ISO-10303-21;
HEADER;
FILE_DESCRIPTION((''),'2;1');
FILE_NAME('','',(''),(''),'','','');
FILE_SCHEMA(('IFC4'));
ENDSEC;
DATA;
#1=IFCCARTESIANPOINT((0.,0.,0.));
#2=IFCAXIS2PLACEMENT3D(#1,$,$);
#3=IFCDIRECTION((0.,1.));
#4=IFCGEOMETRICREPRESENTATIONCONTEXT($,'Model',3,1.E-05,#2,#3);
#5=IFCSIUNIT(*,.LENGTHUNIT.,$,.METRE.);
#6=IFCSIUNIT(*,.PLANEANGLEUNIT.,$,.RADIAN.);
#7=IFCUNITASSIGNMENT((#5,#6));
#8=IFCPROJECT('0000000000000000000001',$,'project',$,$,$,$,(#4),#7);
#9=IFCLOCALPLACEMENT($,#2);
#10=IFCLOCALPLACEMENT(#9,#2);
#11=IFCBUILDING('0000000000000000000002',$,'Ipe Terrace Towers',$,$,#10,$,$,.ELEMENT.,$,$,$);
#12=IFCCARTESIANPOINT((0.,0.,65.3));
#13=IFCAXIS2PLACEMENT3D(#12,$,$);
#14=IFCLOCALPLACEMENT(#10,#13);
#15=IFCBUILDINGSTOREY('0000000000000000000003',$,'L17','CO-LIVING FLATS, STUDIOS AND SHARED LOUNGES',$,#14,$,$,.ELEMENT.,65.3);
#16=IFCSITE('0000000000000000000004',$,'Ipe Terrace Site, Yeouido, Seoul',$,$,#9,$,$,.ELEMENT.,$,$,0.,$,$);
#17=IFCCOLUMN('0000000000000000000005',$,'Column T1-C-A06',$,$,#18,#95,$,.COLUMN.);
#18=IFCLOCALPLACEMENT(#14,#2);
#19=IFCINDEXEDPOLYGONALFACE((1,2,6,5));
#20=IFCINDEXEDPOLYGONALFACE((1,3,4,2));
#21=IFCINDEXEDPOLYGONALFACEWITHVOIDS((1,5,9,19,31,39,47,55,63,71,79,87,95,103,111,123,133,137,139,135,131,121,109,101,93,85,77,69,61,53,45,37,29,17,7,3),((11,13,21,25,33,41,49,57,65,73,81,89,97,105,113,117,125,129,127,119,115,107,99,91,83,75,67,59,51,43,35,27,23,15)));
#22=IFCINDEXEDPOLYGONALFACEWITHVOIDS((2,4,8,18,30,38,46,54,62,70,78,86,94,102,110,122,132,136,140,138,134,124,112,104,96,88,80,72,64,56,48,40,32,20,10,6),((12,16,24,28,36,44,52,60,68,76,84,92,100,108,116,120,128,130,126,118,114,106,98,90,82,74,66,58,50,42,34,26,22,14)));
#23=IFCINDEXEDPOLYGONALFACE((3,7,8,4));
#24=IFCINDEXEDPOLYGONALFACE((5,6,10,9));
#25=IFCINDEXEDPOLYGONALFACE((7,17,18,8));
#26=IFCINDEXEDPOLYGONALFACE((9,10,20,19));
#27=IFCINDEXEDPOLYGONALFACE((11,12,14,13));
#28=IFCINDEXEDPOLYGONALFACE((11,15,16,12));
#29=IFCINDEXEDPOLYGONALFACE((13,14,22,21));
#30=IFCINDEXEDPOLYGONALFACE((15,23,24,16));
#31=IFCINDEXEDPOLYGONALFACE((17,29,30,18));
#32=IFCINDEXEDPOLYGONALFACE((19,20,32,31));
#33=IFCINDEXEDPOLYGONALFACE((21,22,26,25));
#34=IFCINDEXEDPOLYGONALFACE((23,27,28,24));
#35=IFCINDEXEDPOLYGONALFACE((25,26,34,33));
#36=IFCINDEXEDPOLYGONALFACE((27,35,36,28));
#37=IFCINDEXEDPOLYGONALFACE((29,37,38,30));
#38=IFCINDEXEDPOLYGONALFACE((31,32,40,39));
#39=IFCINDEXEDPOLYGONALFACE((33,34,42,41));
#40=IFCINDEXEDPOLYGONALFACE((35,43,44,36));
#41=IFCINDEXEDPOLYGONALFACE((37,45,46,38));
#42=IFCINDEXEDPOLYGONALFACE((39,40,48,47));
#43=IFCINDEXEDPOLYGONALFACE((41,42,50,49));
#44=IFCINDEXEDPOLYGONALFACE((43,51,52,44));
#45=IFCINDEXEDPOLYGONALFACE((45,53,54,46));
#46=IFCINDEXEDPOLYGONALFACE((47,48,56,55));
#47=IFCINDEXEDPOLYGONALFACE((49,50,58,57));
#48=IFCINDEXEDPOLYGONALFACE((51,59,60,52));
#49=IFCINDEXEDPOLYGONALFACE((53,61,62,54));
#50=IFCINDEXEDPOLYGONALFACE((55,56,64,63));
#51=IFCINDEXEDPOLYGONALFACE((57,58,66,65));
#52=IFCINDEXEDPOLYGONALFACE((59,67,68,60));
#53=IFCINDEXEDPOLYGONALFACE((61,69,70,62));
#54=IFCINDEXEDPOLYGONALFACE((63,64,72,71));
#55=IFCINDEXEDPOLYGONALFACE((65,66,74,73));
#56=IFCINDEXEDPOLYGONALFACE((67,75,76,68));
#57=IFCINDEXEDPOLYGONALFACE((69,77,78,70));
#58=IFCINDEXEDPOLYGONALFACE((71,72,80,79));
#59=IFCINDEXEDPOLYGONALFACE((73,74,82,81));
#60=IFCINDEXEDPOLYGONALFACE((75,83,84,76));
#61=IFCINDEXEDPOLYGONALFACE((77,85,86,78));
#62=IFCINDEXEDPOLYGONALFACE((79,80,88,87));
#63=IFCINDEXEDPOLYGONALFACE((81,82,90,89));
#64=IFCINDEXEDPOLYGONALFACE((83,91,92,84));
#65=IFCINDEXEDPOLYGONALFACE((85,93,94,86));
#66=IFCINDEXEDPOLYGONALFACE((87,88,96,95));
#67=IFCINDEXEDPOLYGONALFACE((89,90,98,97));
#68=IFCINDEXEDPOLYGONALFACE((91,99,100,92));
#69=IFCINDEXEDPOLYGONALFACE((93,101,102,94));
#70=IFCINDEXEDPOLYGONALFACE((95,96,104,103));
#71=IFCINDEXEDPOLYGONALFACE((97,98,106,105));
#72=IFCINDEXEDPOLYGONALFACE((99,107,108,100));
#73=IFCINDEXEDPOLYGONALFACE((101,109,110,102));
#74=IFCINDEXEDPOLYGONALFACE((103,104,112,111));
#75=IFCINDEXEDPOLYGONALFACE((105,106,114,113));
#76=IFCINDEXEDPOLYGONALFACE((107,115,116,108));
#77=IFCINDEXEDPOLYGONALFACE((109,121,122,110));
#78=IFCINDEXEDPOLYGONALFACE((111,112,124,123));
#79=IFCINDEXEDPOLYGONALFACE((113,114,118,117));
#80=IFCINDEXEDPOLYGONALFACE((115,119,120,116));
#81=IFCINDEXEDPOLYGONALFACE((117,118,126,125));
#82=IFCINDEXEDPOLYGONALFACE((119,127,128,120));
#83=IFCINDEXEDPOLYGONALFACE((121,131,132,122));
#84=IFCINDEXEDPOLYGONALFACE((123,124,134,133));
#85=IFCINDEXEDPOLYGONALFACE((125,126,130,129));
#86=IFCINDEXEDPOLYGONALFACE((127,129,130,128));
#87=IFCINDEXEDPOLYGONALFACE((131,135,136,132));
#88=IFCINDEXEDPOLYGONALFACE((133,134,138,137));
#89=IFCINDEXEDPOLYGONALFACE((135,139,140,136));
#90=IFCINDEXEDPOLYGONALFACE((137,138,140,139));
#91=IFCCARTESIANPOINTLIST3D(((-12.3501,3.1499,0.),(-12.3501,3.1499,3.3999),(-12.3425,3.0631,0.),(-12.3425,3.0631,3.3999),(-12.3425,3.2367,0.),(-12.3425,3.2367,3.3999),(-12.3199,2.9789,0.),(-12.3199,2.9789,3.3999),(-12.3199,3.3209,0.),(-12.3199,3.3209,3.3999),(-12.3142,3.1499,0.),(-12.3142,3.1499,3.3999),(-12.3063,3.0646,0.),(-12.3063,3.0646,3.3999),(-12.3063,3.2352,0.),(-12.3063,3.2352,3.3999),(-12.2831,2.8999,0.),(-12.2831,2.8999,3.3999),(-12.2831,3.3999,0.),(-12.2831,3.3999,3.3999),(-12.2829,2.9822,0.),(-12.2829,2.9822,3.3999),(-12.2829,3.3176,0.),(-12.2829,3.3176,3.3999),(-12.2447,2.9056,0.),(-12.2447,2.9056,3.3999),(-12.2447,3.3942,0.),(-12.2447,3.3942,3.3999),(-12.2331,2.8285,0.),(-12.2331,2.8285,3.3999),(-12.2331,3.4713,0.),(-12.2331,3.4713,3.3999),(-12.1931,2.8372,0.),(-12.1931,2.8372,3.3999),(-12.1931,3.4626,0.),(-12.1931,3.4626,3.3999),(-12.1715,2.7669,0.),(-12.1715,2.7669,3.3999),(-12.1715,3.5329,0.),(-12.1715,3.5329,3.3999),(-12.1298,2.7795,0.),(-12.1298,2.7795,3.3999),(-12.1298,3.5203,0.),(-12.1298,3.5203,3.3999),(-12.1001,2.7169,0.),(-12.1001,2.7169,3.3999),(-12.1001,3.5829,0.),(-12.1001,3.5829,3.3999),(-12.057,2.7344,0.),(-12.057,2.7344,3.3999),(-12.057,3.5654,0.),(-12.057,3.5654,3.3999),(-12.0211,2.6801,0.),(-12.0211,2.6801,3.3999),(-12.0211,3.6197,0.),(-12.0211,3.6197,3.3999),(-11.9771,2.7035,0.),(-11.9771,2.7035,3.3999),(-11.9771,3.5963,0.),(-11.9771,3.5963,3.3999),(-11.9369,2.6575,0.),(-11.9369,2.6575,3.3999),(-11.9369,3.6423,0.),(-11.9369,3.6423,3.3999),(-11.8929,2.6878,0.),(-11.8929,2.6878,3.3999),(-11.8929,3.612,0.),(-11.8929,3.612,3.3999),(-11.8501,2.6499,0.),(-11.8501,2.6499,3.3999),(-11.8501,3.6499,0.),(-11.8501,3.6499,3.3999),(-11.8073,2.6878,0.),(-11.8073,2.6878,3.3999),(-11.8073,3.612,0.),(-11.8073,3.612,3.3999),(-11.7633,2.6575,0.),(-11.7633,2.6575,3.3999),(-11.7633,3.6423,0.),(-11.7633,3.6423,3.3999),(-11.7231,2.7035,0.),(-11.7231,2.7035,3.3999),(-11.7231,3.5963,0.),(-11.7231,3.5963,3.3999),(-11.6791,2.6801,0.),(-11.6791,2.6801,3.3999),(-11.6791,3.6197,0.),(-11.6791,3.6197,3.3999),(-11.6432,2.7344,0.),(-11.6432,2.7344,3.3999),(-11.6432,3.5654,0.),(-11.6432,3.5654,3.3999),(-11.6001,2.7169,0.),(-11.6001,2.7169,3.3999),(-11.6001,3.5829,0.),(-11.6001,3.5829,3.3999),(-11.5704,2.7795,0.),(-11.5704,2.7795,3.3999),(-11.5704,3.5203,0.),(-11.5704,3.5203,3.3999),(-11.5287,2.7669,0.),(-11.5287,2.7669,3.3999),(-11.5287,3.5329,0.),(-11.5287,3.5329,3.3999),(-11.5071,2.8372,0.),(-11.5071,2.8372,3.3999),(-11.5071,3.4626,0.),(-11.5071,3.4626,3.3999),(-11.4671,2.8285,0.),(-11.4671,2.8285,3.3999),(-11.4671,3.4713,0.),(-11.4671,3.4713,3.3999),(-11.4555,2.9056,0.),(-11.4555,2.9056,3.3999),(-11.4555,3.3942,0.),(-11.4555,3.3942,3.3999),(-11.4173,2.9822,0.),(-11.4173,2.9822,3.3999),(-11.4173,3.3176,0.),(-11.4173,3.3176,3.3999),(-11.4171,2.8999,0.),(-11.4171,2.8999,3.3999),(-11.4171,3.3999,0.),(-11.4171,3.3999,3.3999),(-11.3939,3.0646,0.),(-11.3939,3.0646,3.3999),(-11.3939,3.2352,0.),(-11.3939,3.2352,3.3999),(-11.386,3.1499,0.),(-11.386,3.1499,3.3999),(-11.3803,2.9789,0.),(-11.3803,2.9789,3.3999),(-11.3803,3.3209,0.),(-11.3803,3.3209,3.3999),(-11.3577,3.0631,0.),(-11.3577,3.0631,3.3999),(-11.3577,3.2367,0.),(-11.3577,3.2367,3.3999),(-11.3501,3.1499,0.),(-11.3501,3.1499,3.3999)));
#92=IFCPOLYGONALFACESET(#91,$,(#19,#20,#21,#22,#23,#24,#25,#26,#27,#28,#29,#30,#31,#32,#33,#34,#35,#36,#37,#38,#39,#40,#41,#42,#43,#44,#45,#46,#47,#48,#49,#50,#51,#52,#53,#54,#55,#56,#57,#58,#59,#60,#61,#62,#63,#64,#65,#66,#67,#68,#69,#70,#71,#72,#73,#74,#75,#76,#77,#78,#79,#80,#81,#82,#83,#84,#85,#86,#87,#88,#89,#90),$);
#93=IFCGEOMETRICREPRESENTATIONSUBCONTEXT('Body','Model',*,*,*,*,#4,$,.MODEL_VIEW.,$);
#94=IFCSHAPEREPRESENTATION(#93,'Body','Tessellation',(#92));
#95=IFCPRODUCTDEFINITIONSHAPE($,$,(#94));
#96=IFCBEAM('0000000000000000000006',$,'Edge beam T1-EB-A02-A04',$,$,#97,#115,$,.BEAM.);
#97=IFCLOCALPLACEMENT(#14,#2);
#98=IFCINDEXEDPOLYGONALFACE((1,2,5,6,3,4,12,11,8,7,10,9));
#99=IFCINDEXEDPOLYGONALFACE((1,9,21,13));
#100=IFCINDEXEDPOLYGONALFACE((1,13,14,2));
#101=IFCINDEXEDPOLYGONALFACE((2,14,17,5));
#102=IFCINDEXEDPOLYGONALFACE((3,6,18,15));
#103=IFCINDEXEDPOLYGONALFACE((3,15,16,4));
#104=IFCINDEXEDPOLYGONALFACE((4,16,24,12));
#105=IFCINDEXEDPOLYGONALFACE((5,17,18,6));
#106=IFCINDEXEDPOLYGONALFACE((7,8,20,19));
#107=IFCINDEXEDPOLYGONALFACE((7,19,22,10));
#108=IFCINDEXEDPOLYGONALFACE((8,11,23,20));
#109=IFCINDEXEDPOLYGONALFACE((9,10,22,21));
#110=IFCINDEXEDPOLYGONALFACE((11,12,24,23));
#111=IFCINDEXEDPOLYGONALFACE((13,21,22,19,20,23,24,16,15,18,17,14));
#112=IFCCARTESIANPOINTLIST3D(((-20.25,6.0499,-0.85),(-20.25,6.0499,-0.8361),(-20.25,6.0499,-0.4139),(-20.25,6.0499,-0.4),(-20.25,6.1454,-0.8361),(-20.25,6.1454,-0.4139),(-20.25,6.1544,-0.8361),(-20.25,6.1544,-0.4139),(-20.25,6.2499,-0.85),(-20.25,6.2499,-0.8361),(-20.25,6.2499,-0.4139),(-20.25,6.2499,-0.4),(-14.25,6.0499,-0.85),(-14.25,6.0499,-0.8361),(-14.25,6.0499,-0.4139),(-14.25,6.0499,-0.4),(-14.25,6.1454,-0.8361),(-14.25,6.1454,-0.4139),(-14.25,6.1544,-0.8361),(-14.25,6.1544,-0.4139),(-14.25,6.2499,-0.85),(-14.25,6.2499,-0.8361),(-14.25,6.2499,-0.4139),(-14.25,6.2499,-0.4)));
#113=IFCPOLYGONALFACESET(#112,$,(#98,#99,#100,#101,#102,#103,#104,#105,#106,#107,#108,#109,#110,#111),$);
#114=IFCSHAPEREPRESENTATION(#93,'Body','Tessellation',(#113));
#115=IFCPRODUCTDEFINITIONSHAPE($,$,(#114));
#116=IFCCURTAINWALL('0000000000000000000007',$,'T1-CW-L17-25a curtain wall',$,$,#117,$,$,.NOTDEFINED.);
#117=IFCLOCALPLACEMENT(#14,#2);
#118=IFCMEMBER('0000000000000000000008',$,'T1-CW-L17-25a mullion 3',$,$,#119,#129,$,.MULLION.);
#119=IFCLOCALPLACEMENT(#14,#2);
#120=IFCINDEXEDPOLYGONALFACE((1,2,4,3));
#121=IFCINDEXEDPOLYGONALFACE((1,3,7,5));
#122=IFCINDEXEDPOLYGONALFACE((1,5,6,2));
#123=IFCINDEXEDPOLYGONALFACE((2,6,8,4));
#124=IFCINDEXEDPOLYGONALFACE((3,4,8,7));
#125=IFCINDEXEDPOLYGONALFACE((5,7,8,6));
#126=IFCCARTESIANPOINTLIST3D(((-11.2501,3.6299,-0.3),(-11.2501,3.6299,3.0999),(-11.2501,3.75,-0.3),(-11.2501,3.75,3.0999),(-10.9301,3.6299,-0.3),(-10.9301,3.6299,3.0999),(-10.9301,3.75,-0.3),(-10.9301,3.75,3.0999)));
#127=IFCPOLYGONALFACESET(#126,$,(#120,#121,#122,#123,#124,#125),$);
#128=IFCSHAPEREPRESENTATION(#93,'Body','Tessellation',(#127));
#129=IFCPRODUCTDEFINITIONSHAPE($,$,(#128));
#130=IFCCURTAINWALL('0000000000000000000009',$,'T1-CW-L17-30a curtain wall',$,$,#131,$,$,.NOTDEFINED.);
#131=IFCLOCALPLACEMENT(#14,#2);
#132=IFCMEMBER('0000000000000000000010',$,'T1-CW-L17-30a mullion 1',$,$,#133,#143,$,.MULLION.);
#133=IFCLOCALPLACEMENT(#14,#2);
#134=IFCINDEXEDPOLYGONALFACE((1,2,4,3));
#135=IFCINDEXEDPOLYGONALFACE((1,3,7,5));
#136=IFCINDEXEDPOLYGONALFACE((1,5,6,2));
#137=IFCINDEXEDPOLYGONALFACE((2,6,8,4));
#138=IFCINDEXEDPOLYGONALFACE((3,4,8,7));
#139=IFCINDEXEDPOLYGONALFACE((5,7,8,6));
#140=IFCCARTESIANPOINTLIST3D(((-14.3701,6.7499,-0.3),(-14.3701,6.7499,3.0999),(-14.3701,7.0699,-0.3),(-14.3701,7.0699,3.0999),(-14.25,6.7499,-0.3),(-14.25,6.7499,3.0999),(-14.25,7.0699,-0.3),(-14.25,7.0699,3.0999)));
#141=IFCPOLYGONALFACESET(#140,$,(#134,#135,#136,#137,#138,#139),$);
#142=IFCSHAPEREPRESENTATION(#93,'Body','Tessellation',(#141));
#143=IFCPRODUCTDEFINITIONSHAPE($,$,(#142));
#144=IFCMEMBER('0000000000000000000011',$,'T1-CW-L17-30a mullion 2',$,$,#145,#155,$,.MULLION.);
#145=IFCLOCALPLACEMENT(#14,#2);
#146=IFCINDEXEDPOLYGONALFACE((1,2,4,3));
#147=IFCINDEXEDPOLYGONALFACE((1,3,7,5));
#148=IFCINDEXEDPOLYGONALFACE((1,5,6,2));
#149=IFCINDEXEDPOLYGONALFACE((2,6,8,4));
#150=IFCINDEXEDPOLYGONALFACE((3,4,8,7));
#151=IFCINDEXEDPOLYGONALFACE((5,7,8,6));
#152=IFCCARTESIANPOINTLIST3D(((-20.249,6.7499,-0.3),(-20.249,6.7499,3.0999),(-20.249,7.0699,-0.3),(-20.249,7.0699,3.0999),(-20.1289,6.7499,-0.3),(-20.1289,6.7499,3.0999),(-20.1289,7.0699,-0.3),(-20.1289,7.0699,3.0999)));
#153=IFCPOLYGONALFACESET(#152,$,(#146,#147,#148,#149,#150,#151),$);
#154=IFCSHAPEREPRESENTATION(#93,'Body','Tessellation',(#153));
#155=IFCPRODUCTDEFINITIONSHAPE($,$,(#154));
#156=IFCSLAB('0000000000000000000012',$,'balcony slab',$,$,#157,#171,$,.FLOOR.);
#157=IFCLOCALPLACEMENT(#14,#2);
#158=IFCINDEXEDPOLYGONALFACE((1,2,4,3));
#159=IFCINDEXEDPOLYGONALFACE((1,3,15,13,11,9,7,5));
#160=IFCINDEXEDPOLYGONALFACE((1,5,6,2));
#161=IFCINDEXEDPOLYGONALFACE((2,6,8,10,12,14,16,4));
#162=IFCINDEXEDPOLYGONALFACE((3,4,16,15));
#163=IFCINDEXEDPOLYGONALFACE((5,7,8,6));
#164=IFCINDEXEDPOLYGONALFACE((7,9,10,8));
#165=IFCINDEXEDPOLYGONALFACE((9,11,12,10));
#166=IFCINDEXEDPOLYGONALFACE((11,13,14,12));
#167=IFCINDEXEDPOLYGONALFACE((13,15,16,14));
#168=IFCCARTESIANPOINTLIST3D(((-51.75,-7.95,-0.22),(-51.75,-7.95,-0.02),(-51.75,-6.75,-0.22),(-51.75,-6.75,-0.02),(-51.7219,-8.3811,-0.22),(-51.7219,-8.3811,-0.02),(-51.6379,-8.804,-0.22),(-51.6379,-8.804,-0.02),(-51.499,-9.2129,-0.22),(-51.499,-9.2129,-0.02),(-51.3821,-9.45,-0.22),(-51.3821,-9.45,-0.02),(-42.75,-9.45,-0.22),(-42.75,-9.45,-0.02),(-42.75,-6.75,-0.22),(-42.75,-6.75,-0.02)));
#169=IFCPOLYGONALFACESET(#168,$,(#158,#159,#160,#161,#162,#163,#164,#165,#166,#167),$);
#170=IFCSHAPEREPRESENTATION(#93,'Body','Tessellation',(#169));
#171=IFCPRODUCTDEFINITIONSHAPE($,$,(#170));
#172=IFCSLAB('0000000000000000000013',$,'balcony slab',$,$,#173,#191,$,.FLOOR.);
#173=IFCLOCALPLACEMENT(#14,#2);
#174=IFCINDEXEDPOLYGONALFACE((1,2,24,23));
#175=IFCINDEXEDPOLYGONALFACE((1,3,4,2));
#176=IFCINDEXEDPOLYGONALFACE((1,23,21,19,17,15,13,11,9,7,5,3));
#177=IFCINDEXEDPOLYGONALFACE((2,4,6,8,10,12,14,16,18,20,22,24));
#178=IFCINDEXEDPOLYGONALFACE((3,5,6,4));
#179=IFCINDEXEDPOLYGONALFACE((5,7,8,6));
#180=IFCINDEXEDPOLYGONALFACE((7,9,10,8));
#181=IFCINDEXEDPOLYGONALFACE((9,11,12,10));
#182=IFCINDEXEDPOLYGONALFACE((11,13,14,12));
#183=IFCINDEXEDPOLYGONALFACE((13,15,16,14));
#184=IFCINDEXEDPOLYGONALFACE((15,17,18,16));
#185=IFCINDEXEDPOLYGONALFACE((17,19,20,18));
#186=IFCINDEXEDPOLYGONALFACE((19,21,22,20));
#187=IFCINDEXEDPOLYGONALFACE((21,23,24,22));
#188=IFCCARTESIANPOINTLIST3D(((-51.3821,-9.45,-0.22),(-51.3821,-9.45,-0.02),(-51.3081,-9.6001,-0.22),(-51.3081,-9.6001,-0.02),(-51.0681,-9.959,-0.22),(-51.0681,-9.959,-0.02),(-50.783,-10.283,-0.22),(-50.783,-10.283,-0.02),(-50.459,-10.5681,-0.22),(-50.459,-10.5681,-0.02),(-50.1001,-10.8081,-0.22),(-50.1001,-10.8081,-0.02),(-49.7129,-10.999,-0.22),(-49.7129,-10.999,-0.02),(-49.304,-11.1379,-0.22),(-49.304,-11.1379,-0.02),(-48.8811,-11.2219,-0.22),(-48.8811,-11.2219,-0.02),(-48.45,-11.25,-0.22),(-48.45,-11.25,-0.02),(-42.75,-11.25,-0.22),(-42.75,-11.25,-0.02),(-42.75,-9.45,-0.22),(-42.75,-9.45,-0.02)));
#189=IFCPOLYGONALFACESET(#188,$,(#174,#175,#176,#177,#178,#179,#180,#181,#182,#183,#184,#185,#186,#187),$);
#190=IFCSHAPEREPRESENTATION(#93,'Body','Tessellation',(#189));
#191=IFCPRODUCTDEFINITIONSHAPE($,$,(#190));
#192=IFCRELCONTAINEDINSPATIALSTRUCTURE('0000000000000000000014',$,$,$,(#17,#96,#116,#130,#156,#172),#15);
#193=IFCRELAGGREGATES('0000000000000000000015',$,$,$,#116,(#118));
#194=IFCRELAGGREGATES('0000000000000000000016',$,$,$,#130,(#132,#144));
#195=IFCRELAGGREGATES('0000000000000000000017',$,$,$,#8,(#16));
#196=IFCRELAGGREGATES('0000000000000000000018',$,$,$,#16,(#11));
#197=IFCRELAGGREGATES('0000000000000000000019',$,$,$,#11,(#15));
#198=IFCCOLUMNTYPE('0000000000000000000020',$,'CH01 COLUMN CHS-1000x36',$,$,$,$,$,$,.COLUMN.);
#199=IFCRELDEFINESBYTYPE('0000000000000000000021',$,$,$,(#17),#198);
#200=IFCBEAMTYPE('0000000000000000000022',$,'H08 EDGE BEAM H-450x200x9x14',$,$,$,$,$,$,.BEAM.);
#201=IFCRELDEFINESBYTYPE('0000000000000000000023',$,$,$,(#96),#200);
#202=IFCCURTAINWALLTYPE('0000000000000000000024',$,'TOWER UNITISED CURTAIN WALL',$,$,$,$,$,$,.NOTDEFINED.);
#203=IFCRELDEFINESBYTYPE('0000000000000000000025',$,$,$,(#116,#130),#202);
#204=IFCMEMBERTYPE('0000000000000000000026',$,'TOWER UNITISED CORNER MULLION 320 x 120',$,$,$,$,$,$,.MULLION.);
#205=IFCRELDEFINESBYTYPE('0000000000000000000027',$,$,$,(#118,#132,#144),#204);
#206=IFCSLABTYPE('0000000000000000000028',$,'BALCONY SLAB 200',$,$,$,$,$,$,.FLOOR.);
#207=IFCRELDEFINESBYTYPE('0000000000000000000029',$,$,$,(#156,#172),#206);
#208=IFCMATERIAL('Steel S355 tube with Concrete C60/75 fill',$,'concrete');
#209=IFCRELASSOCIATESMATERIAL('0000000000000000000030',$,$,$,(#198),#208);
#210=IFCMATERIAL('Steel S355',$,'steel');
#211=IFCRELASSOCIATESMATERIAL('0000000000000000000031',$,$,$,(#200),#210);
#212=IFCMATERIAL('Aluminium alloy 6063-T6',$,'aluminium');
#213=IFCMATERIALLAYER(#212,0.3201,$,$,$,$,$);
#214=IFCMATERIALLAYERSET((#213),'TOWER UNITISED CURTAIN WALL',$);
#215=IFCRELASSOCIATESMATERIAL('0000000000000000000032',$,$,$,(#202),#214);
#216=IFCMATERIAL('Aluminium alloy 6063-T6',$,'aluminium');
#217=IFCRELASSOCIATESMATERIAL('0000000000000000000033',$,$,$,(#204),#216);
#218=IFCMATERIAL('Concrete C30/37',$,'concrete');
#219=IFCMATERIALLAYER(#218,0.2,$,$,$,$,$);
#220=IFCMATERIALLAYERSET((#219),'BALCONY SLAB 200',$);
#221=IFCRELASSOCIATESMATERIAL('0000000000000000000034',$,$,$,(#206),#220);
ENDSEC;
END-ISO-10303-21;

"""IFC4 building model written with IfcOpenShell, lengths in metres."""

from ifc_helpers import new_model, si_unit, direction, frame, origin, origin_2d, place, context, subcontext, project, spatial, polyline, rectangle, hollow_circle, i_section, outline, extrude, material, layer, layer_set, material_profile, profile_set, type_object, element, aggregate, save


model = new_model("IFC4")

# Units and contexts
model_context = context("Model", 3, precision=1e-05, world=origin(), true_north=direction((0.0, 1.0)))
body_context = subcontext(model_context, "Body", "Model", "MODEL_VIEW")
ifc_project = project(units=[si_unit("LENGTHUNIT", "METRE"), si_unit("PLANEANGLEUNIT", "RADIAN")], contexts=[model_context])

# Site, building, storey
site_placement = place(None, origin())
site = spatial("IfcSite", under=ifc_project, at=site_placement, Name="Ipe Terrace Site, Yeouido, Seoul", CompositionType="ELEMENT", RefElevation=0.0)
building_placement = place(site_placement, origin())
building = spatial("IfcBuilding", under=site, at=building_placement, Name="Ipe Terrace Towers", CompositionType="ELEMENT")
storey_placement = place(building_placement, frame((0.0, 0.0, 65.3)))
storey = spatial("IfcBuildingStorey", under=building, at=storey_placement, Name="L17", Description="CO-LIVING FLATS, STUDIOS AND SHARED LOUNGES", CompositionType="ELEMENT", Elevation=65.3)

# Column
ifc_material_1 = material(Name="Steel S355 tube with Concrete C60/75 fill", Category="concrete")
ifc_material_profile_1 = material_profile(ifc_material_1, hollow_circle(Radius=0.5, WallThickness=0.0359, at=origin_2d()), Name="CHS-1000x36")
ifc_profile_set_1 = profile_set([ifc_material_profile_1], Name="Steel S355 tube with Concrete C60/75 fill")
column_type = type_object("IfcColumnType", Name="CH01 COLUMN CHS-1000x36", PredefinedType="COLUMN", material=ifc_profile_set_1)
for number, where, z_axis, x_axis, name in (
    (1, (-11.8501, 3.1499, 0.0), (0.0, 0.0, 1.0), (1.0, 0.0, 0.0), "Column T1-C-A06"),
):
    element("IfcColumn", number, at=place(storey_placement, frame(where, z_axis=z_axis, x_axis=x_axis)), inside=storey, type_object=column_type, Name=name, PredefinedType="COLUMN", context=body_context, shape_type="SweptSolid", body=[
        extrude(hollow_circle(Radius=0.5, WallThickness=0.0359, at=origin_2d()), origin(), (0.0, 0.0, 1.0), 3.3999),
    ])

# Beam
ifc_material_2 = material(Name="Steel S355", Category="steel")
ifc_material_profile_2 = material_profile(ifc_material_2, i_section(OverallWidth=0.2, OverallDepth=0.45, WebThickness=0.009, FlangeThickness=0.0139, at=origin_2d()), Name="H-450x200x9x14")
ifc_profile_set_2 = profile_set([ifc_material_profile_2], Name="Steel S355")
beam_type = type_object("IfcBeamType", Name="H08 EDGE BEAM H-450x200x9x14", PredefinedType="BEAM", material=ifc_profile_set_2)
beam_placement = place(storey_placement, frame((-20.25, 6.1499, -0.625), z_axis=(1.0, 0.0, 0.0), x_axis=(0.0, 1.0, 0.0)))
element("IfcBeam", 2, at=beam_placement, inside=storey, type_object=beam_type, Name="Edge beam T1-EB-A02-A04", PredefinedType="BEAM", context=body_context, shape_type="SweptSolid", body=[
    extrude(i_section(OverallWidth=0.2, OverallDepth=0.45, WebThickness=0.009, FlangeThickness=0.0139, at=origin_2d()), origin(), (0.0, 0.0, 1.0), 6.0),
])

# Curtain wall, member
ifc_material_3 = material(Name="Aluminium alloy 6063-T6", Category="aluminium")
ifc_layer_1 = layer(ifc_material_3, 0.3201)
ifc_layer_set_1 = layer_set([ifc_layer_1], Name="TOWER UNITISED CURTAIN WALL")
curtain_wall_type = type_object("IfcCurtainWallType", Name="TOWER UNITISED CURTAIN WALL", PredefinedType="NOTDEFINED", material=ifc_layer_set_1)
curtain_wall_1_placement = place(storey_placement, origin())
curtain_wall_1 = element("IfcCurtainWall", 3, at=curtain_wall_1_placement, inside=storey, type_object=curtain_wall_type, Name="T1-CW-L17-25a curtain wall", PredefinedType="NOTDEFINED")
ifc_material_4 = material(Name="Aluminium alloy 6063-T6", Category="aluminium")
ifc_material_profile_3 = material_profile(ifc_material_4, rectangle(XDim=0.3201, YDim=0.1201, at=origin_2d()), Name="TOWER UNITISED CORNER MULLION 320 x 120")
ifc_profile_set_3 = profile_set([ifc_material_profile_3], Name="Aluminium alloy 6063-T6")
member_type = type_object("IfcMemberType", Name="TOWER UNITISED CORNER MULLION 320 x 120", PredefinedType="MULLION", material=ifc_profile_set_3)
member_1_placement = place(storey_placement, frame((-11.0901, 3.6899, -0.3), z_axis=(0.0, 0.0, 1.0), x_axis=(1.0, 0.0, 0.0)))
member_1 = element("IfcMember", 4, at=member_1_placement, type_object=member_type, Name="T1-CW-L17-25a mullion 3", PredefinedType="MULLION", context=body_context, shape_type="SweptSolid", body=[
    extrude(rectangle(XDim=0.3201, YDim=0.1201, at=origin_2d()), origin(), (0.0, 0.0, 1.0), 3.3999),
])

# Curtain wall, members
curtain_wall_2_placement = place(storey_placement, origin())
curtain_wall_2 = element("IfcCurtainWall", 5, at=curtain_wall_2_placement, inside=storey, type_object=curtain_wall_type, Name="T1-CW-L17-30a curtain wall", PredefinedType="NOTDEFINED")
member_2_placement = place(storey_placement, frame((-14.3101, 6.9099, -0.3), z_axis=(0.0, 0.0, 1.0), x_axis=(0.0, 1.0, 0.0)))
member_2 = element("IfcMember", 6, at=member_2_placement, type_object=member_type, Name="T1-CW-L17-30a mullion 1", PredefinedType="MULLION", context=body_context, shape_type="SweptSolid", body=[
    extrude(rectangle(XDim=0.3201, YDim=0.1201, at=origin_2d()), origin(), (0.0, 0.0, 1.0), 3.3999),
])
member_3_placement = place(storey_placement, frame((-20.189, 6.9099, -0.3), z_axis=(0.0, 0.0, 1.0), x_axis=(0.0, 1.0, 0.0)))
member_3 = element("IfcMember", 7, at=member_3_placement, type_object=member_type, Name="T1-CW-L17-30a mullion 2", PredefinedType="MULLION", context=body_context, shape_type="SweptSolid", body=[
    extrude(rectangle(XDim=0.3201, YDim=0.1201, at=origin_2d()), origin(), (0.0, 0.0, 1.0), 3.3999),
])

# Slabs
ifc_material_5 = material(Name="Concrete C30/37", Category="concrete")
ifc_layer_2 = layer(ifc_material_5, 0.2)
ifc_layer_set_2 = layer_set([ifc_layer_2], Name="BALCONY SLAB 200")
slab_type_1 = type_object("IfcSlabType", Name="BALCONY SLAB 200", PredefinedType="FLOOR", material=ifc_layer_set_2)
slab_1_placement = place(storey_placement, frame((0.0, 0.0, -0.22)))
element("IfcSlab", 8, at=slab_1_placement, inside=storey, type_object=slab_type_1, Name="balcony slab", PredefinedType="FLOOR", context=body_context, shape_type="SweptSolid", body=[
    extrude(outline(polyline([(-51.499, -9.2129), (-51.3821, -9.45), (-42.75, -9.45), (-42.75, -6.75), (-51.75, -6.75), (-51.75, -7.95), (-51.7219, -8.3811), (-51.6379, -8.804), (-51.499, -9.2129)])), origin(), (0.0, 0.0, 1.0), 0.2),
])
slab_2_placement = place(storey_placement, frame((0.0, 0.0, -0.22)))
element("IfcSlab", 9, at=slab_2_placement, inside=storey, type_object=slab_type_1, Name="balcony slab", PredefinedType="FLOOR", context=body_context, shape_type="SweptSolid", body=[
    extrude(outline(polyline([(-42.75, -11.25), (-42.75, -9.45), (-51.3821, -9.45), (-51.3081, -9.6001), (-51.0681, -9.959), (-50.783, -10.283), (-50.459, -10.5681), (-50.1001, -10.8081), (-49.7129, -10.999), (-49.304, -11.1379), (-48.8811, -11.2219), (-48.45, -11.25), (-42.75, -11.25)])), origin(), (0.0, 0.0, 1.0), 0.2),
])

aggregate(curtain_wall_1, [member_1])
aggregate(curtain_wall_2, [member_2, member_3])

save(model, "model.ifc")
